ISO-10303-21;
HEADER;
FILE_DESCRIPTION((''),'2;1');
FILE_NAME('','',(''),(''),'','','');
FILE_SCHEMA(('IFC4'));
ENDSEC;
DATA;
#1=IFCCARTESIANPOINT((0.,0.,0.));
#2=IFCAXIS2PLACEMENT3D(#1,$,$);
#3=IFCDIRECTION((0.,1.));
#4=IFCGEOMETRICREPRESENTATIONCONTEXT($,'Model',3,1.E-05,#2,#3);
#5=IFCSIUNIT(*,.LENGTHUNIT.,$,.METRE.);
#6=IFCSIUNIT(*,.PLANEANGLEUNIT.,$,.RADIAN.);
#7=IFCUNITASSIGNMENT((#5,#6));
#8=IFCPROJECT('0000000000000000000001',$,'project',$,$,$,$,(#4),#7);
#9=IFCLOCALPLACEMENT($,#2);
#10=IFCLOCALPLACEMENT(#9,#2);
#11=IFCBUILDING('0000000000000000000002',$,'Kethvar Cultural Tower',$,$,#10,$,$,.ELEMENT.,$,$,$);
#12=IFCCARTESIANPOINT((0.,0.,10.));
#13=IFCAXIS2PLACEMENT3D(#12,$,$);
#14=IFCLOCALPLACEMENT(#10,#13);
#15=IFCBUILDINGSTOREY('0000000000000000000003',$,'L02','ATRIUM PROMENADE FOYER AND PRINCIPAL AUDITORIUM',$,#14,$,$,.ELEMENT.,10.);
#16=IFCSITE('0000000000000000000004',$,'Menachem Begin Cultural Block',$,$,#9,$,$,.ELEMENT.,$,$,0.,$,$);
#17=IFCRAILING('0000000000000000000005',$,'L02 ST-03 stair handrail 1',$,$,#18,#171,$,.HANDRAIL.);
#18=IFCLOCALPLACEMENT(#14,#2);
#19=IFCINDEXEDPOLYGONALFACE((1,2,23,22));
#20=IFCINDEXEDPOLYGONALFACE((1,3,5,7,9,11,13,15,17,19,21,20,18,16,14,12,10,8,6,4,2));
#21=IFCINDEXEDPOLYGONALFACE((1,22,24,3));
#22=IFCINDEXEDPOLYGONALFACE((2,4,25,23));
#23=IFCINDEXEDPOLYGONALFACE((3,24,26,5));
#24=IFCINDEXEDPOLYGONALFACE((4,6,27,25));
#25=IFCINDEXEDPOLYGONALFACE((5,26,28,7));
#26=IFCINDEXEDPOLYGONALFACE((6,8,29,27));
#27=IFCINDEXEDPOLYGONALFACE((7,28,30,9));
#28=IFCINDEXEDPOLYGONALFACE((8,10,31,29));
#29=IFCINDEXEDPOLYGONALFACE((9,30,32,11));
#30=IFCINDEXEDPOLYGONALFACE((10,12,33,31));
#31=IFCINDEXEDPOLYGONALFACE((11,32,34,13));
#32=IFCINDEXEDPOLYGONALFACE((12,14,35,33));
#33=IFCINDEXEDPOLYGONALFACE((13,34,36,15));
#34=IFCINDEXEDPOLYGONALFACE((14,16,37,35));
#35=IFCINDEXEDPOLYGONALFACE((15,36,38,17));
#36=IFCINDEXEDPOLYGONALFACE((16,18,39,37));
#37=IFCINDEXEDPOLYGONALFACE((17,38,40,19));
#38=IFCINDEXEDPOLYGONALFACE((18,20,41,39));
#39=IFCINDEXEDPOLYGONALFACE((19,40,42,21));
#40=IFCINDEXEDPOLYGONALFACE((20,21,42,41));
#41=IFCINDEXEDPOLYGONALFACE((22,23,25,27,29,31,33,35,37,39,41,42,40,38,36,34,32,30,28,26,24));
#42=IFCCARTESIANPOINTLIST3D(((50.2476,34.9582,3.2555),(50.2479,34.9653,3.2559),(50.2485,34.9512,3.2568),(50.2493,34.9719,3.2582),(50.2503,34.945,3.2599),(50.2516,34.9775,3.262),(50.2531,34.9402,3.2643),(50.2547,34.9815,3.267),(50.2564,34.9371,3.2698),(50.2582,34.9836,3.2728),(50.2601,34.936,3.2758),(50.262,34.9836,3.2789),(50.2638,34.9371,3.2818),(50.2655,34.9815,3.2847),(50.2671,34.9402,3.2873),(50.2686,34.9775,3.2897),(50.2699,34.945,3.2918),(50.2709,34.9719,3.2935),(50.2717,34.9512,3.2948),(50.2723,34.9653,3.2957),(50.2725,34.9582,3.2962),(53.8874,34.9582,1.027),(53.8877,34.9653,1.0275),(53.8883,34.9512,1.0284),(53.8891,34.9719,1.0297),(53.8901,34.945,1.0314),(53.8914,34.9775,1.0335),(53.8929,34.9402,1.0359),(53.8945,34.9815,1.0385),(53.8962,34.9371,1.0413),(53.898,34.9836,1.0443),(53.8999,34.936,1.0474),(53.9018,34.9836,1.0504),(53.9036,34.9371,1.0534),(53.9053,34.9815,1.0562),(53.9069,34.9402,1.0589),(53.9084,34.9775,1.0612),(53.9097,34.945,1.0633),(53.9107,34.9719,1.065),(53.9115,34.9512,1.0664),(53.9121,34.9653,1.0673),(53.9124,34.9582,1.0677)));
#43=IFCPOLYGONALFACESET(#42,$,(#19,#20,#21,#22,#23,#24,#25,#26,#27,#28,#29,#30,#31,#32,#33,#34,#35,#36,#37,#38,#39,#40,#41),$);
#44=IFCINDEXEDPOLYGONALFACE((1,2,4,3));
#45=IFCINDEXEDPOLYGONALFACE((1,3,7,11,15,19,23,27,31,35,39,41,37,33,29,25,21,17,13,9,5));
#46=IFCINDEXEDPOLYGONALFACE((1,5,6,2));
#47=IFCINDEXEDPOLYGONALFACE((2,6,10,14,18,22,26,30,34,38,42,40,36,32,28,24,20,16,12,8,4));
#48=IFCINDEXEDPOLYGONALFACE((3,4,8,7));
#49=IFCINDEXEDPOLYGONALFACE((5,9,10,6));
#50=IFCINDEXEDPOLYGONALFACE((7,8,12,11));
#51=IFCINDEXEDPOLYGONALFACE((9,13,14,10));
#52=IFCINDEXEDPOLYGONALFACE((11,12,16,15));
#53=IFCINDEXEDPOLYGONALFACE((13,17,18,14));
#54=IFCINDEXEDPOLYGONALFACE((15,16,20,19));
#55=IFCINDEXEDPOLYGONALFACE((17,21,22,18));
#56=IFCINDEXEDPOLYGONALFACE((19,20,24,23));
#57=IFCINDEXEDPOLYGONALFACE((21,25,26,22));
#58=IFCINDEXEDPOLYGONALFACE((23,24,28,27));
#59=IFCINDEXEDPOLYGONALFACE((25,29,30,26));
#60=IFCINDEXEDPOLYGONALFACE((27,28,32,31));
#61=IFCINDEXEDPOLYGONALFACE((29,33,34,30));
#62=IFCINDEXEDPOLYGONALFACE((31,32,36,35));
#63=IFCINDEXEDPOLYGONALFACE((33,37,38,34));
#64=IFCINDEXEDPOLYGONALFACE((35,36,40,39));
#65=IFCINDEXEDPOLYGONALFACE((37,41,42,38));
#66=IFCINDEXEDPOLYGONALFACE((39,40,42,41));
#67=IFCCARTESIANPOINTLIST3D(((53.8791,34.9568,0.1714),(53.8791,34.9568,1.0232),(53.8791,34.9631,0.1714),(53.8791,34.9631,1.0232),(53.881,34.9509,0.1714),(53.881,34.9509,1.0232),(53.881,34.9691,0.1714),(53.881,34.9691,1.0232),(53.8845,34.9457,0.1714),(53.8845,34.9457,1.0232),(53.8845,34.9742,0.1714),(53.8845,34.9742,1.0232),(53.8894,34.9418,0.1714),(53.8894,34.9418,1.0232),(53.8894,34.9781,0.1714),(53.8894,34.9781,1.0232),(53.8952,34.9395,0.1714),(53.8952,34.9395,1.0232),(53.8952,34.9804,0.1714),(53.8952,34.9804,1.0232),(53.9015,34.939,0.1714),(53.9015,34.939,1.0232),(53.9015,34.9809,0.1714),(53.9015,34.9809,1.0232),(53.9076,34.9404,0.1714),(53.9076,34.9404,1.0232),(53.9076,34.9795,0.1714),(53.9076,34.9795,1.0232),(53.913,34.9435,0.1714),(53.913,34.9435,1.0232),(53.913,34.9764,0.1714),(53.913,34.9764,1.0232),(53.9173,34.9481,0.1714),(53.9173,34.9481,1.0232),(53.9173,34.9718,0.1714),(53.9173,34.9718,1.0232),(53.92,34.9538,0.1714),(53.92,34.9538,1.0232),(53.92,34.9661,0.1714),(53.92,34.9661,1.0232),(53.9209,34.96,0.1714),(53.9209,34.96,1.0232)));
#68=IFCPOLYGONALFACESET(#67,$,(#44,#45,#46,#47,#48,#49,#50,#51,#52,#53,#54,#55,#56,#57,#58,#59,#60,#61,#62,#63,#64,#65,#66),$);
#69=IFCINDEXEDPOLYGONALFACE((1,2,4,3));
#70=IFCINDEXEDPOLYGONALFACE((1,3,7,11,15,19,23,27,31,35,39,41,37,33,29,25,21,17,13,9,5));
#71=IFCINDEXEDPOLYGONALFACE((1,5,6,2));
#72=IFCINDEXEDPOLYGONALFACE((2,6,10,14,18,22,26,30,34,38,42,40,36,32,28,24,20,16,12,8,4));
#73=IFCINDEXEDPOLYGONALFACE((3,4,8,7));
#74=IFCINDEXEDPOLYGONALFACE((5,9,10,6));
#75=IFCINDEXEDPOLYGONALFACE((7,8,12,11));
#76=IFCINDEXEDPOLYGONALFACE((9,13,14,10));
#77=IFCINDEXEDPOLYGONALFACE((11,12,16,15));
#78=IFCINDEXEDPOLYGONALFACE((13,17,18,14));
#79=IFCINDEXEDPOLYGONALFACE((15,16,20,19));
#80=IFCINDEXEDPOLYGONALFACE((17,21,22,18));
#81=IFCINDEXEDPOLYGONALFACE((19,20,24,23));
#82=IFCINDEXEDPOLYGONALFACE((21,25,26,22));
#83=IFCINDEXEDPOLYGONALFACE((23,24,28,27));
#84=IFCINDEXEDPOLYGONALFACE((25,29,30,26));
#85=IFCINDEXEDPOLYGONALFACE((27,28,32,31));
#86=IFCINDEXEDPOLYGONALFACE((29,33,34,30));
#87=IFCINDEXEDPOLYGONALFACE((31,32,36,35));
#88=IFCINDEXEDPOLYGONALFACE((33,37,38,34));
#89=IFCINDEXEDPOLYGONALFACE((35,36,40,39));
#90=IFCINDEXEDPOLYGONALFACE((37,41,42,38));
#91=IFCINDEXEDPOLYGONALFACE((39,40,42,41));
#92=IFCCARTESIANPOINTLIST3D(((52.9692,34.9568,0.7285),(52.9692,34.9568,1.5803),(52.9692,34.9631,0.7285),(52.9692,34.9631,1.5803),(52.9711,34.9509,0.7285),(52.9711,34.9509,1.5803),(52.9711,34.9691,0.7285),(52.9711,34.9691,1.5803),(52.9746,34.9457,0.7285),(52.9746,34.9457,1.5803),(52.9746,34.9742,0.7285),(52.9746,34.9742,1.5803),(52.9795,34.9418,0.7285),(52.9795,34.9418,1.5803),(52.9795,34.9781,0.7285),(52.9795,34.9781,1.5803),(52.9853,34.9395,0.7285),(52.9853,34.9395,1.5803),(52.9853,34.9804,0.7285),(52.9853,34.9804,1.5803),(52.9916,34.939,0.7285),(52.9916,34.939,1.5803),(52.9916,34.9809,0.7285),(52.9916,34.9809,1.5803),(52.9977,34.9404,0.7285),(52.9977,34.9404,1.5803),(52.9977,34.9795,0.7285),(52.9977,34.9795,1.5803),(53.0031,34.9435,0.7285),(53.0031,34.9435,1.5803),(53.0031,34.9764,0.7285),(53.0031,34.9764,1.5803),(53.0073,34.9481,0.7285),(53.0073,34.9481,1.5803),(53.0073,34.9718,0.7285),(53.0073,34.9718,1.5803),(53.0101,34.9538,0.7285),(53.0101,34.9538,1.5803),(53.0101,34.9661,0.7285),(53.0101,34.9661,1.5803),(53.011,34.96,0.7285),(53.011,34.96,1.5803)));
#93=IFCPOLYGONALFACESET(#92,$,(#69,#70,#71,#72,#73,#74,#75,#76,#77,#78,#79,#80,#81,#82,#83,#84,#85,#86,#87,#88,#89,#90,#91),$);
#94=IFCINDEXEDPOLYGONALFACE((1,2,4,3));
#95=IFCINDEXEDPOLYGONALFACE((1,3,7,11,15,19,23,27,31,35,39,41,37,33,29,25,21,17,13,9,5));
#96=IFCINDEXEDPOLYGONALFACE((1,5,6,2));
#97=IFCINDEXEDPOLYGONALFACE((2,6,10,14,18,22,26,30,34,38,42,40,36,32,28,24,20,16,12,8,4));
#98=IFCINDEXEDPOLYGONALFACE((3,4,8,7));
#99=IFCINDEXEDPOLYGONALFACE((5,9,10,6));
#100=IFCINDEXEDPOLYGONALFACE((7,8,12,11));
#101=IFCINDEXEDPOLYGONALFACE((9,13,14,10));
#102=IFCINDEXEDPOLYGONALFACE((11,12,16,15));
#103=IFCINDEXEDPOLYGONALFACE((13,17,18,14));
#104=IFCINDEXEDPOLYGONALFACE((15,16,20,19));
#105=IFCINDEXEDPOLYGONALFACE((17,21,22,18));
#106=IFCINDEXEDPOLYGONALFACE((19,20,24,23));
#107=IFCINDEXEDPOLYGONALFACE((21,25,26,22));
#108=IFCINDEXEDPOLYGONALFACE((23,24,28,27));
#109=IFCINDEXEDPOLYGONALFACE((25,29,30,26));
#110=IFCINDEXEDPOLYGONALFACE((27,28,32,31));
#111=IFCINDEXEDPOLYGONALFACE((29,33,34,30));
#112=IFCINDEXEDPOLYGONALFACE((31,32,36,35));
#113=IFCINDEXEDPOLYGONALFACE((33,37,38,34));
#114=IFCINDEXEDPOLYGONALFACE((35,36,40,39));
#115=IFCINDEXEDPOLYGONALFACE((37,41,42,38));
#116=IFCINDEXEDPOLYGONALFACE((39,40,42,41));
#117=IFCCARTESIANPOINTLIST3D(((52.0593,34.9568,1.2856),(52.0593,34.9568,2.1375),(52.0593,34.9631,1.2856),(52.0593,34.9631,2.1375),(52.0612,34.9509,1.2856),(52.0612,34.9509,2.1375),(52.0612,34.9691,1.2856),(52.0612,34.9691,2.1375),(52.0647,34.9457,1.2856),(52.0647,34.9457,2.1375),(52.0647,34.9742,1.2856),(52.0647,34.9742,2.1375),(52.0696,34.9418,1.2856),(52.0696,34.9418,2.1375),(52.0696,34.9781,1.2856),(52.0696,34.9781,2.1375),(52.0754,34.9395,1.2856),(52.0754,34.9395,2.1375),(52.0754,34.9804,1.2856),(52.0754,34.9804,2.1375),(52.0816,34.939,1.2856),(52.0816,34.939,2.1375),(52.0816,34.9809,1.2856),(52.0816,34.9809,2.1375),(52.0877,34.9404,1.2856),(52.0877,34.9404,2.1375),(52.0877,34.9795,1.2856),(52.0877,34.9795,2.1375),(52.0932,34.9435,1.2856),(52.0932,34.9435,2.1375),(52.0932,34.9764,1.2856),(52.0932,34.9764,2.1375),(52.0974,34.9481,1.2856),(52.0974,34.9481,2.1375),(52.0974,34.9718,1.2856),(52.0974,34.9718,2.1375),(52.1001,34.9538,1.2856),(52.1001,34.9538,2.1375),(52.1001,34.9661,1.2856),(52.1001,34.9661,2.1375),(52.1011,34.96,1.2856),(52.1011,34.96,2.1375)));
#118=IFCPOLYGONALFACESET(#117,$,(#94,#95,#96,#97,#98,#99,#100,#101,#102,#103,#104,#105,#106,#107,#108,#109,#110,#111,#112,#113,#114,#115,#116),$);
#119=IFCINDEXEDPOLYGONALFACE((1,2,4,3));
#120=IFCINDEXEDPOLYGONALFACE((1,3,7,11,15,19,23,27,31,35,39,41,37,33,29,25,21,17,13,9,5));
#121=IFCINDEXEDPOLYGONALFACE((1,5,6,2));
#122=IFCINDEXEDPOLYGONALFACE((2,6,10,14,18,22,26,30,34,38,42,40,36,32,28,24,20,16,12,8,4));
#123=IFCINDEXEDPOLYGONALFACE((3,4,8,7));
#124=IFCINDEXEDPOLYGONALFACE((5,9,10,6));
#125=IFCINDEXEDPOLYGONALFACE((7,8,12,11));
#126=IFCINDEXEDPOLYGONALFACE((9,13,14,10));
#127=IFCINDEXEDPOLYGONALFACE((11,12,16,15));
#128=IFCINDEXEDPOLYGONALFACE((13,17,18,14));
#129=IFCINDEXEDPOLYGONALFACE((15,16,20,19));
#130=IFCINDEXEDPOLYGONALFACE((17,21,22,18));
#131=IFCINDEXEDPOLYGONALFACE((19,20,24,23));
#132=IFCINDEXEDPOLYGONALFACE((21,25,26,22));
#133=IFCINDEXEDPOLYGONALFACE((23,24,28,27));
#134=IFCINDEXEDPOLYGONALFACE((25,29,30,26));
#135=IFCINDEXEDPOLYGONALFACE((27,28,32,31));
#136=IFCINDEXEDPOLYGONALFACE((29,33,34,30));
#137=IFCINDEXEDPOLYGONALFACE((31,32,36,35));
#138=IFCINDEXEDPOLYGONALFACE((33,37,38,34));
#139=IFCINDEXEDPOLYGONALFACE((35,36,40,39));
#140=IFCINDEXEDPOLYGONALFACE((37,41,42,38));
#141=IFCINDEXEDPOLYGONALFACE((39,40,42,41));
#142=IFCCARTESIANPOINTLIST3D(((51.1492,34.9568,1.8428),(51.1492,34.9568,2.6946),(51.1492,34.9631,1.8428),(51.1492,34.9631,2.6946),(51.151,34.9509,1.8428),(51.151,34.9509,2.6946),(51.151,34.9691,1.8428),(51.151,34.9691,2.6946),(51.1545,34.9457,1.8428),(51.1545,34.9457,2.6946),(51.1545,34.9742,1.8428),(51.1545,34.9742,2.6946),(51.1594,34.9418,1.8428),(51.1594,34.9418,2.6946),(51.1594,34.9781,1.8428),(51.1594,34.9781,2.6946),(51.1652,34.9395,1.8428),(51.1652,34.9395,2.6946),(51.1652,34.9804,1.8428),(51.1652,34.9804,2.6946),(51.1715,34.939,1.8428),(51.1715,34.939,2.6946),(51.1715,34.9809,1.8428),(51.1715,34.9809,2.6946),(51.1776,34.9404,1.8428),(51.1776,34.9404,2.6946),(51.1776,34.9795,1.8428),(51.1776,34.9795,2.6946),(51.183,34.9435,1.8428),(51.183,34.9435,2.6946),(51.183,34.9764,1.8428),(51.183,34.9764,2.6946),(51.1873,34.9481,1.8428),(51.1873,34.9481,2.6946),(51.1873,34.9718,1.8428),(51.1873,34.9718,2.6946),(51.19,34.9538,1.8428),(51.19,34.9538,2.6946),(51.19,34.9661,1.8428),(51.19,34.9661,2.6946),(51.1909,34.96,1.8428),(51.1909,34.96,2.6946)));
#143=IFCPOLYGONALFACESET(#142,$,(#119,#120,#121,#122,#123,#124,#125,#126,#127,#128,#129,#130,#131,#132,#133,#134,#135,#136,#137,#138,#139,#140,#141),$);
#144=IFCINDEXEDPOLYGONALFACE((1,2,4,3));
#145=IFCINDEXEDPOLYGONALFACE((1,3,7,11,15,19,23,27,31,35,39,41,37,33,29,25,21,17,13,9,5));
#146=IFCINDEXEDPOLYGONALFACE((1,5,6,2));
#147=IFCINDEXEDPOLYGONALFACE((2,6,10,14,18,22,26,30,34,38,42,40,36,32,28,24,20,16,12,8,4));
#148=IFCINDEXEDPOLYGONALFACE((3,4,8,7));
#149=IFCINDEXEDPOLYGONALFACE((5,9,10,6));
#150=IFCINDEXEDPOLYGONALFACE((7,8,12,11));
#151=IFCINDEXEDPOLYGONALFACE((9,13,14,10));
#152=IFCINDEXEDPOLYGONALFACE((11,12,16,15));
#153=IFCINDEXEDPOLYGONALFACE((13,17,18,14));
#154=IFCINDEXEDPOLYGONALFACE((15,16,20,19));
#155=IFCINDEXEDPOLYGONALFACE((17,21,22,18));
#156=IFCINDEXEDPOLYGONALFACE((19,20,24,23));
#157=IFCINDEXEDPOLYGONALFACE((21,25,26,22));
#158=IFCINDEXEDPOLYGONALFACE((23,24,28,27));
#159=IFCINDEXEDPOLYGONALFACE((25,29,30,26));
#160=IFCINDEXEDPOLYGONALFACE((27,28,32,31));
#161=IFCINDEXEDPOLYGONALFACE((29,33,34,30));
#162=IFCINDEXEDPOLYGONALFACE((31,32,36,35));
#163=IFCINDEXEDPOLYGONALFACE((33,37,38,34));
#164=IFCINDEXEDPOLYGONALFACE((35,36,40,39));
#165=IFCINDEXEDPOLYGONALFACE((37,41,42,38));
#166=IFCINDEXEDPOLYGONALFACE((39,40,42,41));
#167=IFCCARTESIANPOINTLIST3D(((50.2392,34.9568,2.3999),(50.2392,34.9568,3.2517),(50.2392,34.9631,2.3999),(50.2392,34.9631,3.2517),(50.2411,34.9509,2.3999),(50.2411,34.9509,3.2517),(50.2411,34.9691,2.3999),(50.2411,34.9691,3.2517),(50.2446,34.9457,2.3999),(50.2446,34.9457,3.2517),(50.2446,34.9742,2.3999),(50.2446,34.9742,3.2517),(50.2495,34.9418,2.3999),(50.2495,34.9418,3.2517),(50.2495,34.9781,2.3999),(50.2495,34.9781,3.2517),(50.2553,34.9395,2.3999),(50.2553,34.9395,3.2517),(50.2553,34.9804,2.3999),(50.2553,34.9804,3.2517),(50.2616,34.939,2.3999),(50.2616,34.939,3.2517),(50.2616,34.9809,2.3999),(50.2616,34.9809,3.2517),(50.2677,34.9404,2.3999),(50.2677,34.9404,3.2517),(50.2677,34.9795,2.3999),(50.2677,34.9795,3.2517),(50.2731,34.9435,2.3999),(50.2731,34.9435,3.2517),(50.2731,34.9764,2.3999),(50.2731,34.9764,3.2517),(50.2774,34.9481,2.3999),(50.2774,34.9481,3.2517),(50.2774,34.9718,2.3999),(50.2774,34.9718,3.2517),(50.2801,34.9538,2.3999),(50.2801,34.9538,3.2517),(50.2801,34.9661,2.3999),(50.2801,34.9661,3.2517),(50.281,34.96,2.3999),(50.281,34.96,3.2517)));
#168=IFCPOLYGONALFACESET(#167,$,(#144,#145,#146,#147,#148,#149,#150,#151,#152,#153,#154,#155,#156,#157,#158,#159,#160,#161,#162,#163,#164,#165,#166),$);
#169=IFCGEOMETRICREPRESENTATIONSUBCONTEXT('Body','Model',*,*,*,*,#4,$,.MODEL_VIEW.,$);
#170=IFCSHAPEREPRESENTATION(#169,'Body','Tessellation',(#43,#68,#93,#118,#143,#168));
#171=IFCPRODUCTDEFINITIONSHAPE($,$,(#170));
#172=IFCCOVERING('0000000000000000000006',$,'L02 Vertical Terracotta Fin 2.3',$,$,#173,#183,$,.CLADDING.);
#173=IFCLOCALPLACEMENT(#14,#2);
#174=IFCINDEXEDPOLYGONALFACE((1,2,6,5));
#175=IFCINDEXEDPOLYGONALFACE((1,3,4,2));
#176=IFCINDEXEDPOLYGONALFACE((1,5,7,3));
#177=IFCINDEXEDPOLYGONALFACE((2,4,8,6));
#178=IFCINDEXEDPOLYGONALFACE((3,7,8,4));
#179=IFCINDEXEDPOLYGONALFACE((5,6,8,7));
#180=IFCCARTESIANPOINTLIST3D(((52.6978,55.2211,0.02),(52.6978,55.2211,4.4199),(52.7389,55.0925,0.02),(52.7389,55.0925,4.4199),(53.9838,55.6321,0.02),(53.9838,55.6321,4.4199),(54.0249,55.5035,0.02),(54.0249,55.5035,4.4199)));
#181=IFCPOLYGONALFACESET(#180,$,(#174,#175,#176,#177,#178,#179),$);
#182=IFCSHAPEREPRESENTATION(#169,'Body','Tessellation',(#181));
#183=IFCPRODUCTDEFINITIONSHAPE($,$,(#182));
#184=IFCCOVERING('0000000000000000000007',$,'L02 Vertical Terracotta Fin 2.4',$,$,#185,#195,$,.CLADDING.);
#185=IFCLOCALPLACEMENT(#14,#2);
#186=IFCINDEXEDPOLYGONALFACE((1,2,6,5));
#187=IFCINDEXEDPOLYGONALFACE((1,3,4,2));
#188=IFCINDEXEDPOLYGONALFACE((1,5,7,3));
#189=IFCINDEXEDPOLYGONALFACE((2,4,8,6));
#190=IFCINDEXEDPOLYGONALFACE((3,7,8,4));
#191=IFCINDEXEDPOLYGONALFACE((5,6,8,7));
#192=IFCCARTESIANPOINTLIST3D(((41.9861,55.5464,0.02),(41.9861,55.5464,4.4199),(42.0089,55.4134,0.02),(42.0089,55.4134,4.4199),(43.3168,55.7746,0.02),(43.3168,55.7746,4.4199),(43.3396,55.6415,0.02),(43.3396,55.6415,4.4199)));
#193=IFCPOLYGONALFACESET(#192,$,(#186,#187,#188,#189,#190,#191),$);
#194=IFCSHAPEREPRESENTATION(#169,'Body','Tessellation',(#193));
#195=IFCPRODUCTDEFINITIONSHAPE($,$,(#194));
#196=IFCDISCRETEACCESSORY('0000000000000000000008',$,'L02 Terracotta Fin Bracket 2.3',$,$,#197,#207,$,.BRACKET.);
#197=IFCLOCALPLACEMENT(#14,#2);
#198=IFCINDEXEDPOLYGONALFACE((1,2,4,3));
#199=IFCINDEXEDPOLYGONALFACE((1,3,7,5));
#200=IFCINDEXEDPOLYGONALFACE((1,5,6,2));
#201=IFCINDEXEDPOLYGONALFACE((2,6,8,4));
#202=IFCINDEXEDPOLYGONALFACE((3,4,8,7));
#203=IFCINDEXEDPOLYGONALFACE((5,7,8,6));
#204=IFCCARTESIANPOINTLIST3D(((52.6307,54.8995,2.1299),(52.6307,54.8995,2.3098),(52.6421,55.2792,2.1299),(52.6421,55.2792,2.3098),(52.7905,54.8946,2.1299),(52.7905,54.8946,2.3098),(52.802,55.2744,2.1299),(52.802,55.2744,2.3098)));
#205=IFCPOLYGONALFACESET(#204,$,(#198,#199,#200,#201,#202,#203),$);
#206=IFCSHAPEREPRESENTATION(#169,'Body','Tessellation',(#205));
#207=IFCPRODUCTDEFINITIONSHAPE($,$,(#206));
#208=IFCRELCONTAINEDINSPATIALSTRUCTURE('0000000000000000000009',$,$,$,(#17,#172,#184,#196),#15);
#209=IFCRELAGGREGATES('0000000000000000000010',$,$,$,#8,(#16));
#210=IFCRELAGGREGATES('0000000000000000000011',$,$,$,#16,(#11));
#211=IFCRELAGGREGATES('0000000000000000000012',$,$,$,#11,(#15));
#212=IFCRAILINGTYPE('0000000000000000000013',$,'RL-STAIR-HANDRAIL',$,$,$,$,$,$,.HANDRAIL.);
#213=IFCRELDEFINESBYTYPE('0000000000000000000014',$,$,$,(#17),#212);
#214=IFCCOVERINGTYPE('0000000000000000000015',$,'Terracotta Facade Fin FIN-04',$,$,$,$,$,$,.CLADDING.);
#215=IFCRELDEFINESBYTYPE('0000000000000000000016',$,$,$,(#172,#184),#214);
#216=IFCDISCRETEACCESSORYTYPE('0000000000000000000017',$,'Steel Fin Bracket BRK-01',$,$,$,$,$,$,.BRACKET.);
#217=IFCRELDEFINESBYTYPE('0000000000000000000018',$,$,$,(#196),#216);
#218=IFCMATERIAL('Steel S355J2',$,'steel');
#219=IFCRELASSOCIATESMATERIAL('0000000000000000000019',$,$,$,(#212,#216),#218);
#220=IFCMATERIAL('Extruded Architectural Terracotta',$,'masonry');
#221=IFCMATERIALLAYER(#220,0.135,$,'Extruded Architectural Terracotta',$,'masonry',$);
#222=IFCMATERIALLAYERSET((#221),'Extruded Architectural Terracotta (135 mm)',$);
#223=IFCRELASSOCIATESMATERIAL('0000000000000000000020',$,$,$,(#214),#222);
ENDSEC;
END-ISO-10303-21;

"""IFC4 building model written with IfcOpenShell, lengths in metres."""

from ifc_helpers import new_model, si_unit, direction, frame, origin, origin_2d, place, context, subcontext, project, spatial, rectangle, circle, extrude, source, transform, mapped, material, layer, layer_set, type_object, element, save


model = new_model("IFC4")

# Units and contexts
model_context = context("Model", 3, precision=1e-05, world=origin(), true_north=direction((0.0, 1.0)))
body_context = subcontext(model_context, "Body", "Model", "MODEL_VIEW")
ifc_project = project(units=[si_unit("LENGTHUNIT", "METRE"), si_unit("PLANEANGLEUNIT", "RADIAN")], contexts=[model_context])

# Site, building, storey
site_placement = place(None, origin())
site = spatial("IfcSite", under=ifc_project, at=site_placement, Name="Menachem Begin Cultural Block", CompositionType="ELEMENT", RefElevation=0.0)
building_placement = place(site_placement, origin())
building = spatial("IfcBuilding", under=site, at=building_placement, Name="Kethvar Cultural Tower", CompositionType="ELEMENT")
storey_placement = place(building_placement, frame((0.0, 0.0, 10.0)))
storey = spatial("IfcBuildingStorey", under=building, at=storey_placement, Name="L02", Description="ATRIUM PROMENADE FOYER AND PRINCIPAL AUDITORIUM", CompositionType="ELEMENT", Elevation=10.0)

# Shared definitions
ifc_material_1 = material(Name="Steel S355J2", Category="steel")

# Railing
railing_type = type_object("IfcRailingType", Name="RL-STAIR-HANDRAIL", PredefinedType="HANDRAIL", material=ifc_material_1)
railing_placement = place(storey_placement, frame((53.8999, 34.96, 0.1714)))
element("IfcRailing", 1, at=railing_placement, inside=storey, type_object=railing_type, Name="L02 ST-03 stair handrail 1", PredefinedType="HANDRAIL", context=body_context, shape_type="SweptSolid", body=[
    extrude(circle(Radius=0.0239, at=origin_2d()), frame((0.0, 0.0, 0.876), z_axis=(-0.85285, 0.0, 0.522156), x_axis=(0.0, -1.0, 0.0)), (0.0, 0.0, 1.0), 4.2678),
    extrude(circle(Radius=0.021, at=origin_2d()), origin(), (0.0, 0.0, 1.0), 0.8518),
    extrude(circle(Radius=0.021, at=origin_2d()), frame((-0.9099, 0.0, 0.5571)), (0.0, 0.0, 1.0), 0.8518),
    extrude(circle(Radius=0.021, at=origin_2d()), frame((-1.8198, 0.0, 1.1143)), (0.0, 0.0, 1.0), 0.8518),
    extrude(circle(Radius=0.021, at=origin_2d()), frame((-2.73, 0.0, 1.6714)), (0.0, 0.0, 1.0), 0.8518),
    extrude(circle(Radius=0.021, at=origin_2d()), frame((-3.6399, 0.0, 2.2285)), (0.0, 0.0, 1.0), 0.8518),
])

# Coverings
ifc_material_2 = material(Name="Extruded Architectural Terracotta", Category="masonry")
ifc_layer_1 = layer(ifc_material_2, 0.135, Name="Extruded Architectural Terracotta", Category="masonry")
ifc_layer_set_1 = layer_set([ifc_layer_1], Name="Extruded Architectural Terracotta (135 mm)")
covering_type = type_object("IfcCoveringType", Name="Terracotta Facade Fin FIN-04", PredefinedType="CLADDING", material=ifc_layer_set_1)
shared_shape_1 = source(origin(), body_context, "Body", "SweptSolid", [
    extrude(rectangle(XDim=1.3501, YDim=0.135, at=origin_2d()), origin(), (0.0, 0.0, 1.0), 4.3999),
])
for number, where, z_axis, x_axis, name in (
    (2, (53.3613, 55.3623, 0.02), (0.0, 0.0, 1.0), (0.952555, 0.304366, 0.0), "L02 Vertical Terracotta Fin 2.3"),
    (3, (42.6628, 55.594, 0.02), (0.0, 0.0, 1.0), (0.985615, 0.169005, 0.0), "L02 Vertical Terracotta Fin 2.4"),
):
    element("IfcCovering", number, at=place(storey_placement, frame(where, z_axis=z_axis, x_axis=x_axis)), inside=storey, type_object=covering_type, Name=name, PredefinedType="CLADDING", context=body_context, shape_type="MappedRepresentation", body=[
        mapped(shared_shape_1, transform((0.0, 0.0, 0.0), scale=1.0)),
    ])

# Discrete accessory
discrete_accessory_type = type_object("IfcDiscreteAccessoryType", Name="Steel Fin Bracket BRK-01", PredefinedType="BRACKET", material=ifc_material_1)
shared_shape_2 = source(origin(), body_context, "Body", "SweptSolid", [
    extrude(rectangle(XDim=0.3799, YDim=0.1599, at=origin_2d()), origin(), (0.0, 0.0, 1.0), 0.1799),
])
for number, where, z_axis, x_axis, name in (
    (4, (52.7163, 55.0869, 2.1299), (0.0, 0.0, 1.0), (0.03019, 0.999544, 0.0), "L02 Terracotta Fin Bracket 2.3"),
):
    element("IfcDiscreteAccessory", number, at=place(storey_placement, frame(where, z_axis=z_axis, x_axis=x_axis)), inside=storey, type_object=discrete_accessory_type, Name=name, PredefinedType="BRACKET", context=body_context, shape_type="MappedRepresentation", body=[
        mapped(shared_shape_2, transform((0.0, 0.0, 0.0), scale=1.0)),
    ])

save(model, "model.ifc")
